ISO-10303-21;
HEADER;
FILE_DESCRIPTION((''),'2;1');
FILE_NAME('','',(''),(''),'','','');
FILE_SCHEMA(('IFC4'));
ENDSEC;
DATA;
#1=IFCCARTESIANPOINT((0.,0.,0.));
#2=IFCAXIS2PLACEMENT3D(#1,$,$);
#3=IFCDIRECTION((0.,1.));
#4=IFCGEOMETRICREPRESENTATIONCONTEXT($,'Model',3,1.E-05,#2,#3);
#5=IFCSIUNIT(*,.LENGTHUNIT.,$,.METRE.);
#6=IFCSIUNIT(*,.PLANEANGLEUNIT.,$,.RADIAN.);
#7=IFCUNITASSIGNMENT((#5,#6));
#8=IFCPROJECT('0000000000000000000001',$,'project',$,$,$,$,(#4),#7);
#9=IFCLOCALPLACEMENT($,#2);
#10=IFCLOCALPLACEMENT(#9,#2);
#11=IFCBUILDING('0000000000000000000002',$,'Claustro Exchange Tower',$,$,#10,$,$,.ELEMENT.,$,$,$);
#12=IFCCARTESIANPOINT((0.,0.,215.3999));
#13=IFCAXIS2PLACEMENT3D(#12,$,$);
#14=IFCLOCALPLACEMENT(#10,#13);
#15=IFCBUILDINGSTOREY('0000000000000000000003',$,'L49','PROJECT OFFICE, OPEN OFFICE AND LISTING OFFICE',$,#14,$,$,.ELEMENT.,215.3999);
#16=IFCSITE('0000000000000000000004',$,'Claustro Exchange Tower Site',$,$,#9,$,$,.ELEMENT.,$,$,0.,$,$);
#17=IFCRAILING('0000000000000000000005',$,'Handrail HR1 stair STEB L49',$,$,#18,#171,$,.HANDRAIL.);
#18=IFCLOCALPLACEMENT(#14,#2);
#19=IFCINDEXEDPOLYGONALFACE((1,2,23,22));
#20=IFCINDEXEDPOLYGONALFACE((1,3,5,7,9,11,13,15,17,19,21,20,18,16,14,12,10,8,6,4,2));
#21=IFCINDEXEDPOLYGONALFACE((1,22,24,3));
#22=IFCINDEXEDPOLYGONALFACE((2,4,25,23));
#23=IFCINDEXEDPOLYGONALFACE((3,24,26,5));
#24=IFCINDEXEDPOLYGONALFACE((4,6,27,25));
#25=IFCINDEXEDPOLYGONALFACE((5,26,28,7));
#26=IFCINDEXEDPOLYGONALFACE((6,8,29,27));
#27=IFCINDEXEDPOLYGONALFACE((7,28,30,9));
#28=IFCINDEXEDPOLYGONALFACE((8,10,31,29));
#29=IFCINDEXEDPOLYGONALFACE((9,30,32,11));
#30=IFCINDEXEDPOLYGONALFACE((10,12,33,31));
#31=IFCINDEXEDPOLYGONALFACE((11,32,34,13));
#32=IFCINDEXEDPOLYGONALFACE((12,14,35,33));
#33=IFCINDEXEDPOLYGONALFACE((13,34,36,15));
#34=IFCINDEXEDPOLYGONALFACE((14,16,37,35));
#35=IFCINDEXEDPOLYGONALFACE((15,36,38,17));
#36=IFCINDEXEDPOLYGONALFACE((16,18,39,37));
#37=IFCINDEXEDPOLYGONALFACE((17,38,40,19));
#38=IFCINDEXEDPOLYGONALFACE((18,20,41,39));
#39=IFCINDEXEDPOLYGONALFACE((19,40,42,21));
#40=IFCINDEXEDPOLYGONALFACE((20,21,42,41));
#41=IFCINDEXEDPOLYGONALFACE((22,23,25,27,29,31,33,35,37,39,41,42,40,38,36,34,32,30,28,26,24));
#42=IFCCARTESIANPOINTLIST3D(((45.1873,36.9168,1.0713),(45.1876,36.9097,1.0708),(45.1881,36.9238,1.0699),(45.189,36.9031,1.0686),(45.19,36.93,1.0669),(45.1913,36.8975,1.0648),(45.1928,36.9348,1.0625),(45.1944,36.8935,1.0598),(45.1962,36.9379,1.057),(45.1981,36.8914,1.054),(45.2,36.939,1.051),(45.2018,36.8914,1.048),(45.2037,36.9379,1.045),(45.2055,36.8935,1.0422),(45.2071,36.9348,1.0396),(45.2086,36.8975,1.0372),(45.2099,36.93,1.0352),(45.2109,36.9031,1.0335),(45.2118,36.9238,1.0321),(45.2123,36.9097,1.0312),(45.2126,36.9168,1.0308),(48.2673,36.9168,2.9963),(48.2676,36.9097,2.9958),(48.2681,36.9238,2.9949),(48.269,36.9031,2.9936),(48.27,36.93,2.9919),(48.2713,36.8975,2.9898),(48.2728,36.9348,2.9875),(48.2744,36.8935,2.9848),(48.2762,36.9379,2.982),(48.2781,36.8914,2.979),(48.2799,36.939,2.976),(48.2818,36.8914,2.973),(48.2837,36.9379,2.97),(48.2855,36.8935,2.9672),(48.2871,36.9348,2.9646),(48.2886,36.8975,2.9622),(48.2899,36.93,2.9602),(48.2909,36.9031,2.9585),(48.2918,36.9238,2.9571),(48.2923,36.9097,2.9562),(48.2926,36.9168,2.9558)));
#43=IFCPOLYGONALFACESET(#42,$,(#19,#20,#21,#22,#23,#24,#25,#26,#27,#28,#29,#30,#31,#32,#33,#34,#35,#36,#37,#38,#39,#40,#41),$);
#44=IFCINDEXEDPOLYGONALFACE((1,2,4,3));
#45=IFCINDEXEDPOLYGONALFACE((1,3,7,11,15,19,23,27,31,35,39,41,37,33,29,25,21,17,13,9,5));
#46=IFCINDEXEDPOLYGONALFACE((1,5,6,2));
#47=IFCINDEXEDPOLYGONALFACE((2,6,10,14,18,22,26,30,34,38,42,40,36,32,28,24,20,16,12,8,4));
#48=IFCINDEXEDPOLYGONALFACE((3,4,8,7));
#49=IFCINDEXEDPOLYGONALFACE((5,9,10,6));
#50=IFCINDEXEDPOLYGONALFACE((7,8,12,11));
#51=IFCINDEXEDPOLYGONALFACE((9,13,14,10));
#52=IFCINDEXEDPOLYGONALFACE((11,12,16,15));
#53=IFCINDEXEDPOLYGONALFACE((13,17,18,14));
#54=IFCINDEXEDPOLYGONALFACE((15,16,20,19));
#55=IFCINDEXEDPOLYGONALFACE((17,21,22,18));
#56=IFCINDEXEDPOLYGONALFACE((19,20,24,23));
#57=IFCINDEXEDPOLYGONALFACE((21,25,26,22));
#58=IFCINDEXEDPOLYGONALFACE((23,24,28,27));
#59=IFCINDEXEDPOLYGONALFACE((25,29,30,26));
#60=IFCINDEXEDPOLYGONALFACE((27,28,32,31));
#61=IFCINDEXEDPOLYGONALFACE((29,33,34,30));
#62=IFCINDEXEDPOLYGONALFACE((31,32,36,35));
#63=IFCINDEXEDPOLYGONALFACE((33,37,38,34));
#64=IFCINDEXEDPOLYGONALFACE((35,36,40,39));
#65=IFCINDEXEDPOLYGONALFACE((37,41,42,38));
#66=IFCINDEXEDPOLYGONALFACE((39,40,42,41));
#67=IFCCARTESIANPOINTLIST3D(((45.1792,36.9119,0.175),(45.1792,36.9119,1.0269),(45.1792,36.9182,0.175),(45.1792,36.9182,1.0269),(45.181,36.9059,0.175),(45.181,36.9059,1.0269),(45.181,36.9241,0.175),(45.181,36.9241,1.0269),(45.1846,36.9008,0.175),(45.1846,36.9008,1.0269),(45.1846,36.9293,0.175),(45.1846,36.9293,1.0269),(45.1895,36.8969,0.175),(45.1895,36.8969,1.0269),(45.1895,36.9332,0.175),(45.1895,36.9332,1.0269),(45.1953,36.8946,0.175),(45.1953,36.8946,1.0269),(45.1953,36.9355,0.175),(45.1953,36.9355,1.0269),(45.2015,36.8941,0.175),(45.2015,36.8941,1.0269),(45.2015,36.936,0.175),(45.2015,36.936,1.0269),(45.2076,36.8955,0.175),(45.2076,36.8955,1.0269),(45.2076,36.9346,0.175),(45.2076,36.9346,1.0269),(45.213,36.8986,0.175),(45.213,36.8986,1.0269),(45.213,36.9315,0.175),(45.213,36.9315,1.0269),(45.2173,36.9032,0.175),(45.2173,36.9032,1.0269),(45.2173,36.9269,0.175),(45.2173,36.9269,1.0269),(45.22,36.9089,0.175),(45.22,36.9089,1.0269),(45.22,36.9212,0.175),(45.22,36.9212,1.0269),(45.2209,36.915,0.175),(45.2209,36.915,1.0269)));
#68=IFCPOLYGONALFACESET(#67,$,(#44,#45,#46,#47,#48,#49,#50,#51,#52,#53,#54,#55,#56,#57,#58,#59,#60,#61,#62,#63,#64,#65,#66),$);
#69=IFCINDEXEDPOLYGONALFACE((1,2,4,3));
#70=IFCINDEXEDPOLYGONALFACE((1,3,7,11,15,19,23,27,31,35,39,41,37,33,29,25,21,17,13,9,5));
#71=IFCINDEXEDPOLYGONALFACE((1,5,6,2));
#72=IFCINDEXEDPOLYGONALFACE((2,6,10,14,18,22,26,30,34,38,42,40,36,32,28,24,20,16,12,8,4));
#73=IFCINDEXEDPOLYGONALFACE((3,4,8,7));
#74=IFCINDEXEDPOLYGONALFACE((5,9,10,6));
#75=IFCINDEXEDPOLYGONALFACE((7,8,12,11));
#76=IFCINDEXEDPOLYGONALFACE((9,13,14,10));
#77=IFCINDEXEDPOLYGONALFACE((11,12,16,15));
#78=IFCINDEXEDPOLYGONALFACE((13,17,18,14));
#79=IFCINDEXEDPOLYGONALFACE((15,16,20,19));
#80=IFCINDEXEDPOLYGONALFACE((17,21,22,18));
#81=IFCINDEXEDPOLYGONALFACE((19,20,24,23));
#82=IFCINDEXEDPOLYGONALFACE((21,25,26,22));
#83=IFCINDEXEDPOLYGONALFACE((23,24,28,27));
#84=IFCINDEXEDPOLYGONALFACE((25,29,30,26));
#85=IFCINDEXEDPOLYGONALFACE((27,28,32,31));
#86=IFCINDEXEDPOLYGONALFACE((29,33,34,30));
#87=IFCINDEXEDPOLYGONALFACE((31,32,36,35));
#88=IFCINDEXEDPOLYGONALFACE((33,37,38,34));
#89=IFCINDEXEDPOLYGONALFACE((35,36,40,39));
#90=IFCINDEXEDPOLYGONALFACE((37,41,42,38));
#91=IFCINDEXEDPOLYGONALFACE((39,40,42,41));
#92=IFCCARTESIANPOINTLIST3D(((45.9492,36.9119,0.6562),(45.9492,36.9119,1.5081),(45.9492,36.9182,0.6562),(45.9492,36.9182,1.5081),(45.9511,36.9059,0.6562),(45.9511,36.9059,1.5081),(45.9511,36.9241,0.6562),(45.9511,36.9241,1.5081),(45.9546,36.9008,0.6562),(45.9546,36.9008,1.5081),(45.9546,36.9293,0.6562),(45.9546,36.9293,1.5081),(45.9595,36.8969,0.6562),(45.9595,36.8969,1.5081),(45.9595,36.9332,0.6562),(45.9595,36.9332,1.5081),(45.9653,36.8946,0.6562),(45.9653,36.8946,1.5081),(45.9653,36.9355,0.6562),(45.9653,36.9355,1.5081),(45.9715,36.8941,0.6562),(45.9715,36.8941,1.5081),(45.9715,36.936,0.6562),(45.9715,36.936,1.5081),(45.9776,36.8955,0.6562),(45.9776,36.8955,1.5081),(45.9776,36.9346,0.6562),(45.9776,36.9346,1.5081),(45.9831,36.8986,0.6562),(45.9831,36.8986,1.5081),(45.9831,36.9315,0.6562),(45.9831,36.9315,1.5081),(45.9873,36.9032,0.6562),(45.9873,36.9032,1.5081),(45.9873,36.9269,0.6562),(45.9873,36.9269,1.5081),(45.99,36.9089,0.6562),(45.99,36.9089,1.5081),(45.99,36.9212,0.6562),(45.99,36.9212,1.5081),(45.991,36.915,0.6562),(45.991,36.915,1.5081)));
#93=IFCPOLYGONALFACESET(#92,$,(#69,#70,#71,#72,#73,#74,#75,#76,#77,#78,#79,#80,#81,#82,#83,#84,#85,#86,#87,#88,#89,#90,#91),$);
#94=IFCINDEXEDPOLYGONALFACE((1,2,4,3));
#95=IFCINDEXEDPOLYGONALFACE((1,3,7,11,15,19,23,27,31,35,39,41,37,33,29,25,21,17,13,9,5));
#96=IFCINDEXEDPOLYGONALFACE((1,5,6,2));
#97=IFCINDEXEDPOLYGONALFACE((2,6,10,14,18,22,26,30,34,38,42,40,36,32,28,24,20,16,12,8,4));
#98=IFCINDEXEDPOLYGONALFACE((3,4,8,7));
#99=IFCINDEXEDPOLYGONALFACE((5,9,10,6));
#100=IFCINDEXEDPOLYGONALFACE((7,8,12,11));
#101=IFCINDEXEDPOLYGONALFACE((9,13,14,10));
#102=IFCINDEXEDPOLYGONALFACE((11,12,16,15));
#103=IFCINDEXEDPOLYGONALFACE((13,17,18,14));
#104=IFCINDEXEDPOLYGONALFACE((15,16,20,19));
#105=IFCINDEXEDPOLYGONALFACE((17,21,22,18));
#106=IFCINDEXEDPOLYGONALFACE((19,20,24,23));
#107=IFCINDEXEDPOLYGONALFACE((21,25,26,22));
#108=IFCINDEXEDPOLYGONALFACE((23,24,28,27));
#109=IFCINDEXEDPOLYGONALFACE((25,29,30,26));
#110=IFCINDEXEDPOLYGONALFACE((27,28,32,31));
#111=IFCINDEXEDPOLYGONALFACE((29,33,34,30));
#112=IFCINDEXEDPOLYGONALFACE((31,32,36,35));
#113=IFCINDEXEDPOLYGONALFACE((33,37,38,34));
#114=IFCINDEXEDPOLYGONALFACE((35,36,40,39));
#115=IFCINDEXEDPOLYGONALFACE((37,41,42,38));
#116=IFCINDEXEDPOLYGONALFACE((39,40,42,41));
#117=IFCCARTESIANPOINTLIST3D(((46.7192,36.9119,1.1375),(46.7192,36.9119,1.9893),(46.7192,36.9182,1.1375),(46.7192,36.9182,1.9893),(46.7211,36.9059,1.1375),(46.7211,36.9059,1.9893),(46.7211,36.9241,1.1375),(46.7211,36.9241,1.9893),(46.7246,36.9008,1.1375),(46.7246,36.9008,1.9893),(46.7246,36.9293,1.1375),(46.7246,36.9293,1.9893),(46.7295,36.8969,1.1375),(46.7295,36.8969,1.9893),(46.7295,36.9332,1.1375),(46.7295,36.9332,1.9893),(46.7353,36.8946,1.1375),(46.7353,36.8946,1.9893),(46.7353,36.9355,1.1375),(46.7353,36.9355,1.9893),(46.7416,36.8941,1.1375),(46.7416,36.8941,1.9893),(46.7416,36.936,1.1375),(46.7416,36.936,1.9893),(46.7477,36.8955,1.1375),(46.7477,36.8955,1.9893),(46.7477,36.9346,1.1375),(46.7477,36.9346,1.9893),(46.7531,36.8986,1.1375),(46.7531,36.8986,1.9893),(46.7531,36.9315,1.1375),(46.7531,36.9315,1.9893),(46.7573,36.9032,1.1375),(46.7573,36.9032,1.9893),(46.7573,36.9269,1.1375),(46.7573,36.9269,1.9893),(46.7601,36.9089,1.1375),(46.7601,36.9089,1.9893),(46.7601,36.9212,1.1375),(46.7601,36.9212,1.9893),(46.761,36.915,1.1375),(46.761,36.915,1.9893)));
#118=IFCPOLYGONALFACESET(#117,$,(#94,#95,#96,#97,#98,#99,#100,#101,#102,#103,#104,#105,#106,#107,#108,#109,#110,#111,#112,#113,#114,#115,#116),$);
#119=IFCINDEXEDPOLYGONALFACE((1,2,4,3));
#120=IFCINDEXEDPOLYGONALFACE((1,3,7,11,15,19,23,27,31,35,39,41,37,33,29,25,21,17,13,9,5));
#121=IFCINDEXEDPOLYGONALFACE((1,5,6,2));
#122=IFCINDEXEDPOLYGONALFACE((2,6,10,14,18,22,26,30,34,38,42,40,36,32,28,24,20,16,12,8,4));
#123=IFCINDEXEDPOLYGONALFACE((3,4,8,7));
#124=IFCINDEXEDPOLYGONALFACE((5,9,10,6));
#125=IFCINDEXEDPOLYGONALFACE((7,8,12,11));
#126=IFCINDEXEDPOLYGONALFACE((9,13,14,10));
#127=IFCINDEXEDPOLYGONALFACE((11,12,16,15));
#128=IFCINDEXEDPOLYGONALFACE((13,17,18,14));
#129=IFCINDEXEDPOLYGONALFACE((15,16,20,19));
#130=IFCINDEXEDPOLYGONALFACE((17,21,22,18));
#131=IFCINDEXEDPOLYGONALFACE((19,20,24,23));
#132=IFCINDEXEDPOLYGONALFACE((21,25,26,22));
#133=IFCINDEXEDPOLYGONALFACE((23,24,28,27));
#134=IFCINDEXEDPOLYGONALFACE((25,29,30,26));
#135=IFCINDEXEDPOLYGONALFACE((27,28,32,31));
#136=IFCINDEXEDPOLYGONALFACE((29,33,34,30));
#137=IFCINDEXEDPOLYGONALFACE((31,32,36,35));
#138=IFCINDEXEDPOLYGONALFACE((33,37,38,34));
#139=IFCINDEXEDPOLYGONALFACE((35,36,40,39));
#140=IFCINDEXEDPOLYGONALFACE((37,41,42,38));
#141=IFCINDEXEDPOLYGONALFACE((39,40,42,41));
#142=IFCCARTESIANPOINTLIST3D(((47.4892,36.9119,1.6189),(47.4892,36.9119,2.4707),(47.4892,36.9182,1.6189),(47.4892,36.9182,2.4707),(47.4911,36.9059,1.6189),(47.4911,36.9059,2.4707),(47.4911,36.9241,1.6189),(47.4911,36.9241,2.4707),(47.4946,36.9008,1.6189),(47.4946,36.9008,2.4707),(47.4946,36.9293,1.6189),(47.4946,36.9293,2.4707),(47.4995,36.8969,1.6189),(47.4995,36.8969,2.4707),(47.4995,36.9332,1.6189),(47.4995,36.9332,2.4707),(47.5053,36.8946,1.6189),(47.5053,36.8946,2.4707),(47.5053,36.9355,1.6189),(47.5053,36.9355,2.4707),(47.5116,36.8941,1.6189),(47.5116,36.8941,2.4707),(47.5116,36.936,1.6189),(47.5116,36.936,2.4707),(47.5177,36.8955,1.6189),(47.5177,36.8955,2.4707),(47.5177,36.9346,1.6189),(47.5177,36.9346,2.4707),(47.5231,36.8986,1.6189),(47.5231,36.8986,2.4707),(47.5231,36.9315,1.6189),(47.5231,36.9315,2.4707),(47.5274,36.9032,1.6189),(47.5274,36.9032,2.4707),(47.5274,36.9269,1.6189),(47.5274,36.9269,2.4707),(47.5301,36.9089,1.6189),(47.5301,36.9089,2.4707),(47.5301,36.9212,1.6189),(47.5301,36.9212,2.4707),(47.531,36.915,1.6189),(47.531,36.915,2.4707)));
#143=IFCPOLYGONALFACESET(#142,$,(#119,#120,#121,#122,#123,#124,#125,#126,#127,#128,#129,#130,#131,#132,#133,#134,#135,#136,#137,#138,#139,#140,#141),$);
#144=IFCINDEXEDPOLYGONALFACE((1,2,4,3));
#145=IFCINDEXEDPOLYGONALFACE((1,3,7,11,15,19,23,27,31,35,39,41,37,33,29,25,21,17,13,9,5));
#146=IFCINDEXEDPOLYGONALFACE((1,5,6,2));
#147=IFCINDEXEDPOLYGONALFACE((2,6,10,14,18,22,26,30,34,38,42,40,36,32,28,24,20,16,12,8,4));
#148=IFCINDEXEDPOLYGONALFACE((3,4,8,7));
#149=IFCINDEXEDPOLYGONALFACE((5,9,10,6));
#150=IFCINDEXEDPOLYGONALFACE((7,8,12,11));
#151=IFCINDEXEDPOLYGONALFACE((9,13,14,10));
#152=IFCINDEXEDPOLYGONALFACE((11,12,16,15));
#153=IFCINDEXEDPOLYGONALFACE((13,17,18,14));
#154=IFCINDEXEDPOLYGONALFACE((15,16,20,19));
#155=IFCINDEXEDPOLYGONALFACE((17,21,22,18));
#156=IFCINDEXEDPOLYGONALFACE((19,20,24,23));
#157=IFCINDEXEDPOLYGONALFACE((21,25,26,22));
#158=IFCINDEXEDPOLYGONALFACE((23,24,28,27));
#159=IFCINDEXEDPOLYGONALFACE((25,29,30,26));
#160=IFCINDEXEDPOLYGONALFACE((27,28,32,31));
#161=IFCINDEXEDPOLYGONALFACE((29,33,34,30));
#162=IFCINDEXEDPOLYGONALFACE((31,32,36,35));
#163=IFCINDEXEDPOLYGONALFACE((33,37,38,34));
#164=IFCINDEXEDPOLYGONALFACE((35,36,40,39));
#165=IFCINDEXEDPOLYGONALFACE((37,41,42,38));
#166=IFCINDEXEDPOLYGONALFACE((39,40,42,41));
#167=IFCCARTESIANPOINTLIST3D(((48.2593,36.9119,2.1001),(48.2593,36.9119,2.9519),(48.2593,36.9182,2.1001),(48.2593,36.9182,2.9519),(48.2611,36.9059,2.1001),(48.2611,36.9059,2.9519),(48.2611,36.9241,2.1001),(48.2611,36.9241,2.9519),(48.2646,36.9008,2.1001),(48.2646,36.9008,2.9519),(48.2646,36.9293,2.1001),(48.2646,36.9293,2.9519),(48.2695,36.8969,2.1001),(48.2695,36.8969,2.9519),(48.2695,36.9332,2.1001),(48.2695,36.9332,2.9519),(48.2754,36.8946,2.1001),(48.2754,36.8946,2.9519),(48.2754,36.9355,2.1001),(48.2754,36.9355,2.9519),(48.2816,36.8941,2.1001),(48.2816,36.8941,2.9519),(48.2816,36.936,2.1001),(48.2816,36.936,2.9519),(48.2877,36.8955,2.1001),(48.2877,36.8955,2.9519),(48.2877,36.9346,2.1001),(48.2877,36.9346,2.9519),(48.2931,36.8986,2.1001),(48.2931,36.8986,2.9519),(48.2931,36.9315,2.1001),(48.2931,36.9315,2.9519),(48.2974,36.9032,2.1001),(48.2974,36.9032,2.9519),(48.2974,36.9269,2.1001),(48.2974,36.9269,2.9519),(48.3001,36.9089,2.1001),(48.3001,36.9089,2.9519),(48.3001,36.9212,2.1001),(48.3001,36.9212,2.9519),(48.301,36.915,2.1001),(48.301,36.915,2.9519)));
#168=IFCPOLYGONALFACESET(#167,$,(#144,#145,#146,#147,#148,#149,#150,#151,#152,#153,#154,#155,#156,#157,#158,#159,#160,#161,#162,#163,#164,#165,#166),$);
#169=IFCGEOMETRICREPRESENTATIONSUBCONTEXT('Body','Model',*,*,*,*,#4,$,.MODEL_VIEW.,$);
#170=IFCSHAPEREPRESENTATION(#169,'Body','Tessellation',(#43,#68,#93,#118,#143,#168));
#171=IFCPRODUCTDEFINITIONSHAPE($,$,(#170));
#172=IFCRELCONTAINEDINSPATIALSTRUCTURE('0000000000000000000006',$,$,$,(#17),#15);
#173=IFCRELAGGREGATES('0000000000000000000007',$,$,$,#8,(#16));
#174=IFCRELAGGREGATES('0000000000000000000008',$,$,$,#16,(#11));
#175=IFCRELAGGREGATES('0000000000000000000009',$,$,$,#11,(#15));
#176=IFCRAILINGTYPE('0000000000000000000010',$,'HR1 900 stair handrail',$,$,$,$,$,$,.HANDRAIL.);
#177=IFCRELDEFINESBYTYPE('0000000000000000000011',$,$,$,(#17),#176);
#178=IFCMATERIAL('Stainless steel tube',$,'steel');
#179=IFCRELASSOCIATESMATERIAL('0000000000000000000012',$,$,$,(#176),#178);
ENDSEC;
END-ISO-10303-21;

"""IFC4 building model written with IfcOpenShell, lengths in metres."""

from ifc_helpers import new_model, si_unit, direction, frame, origin, origin_2d, place, context, subcontext, project, spatial, circle, extrude, material, type_object, element, save


model = new_model("IFC4")

# Units and contexts
model_context = context("Model", 3, precision=1e-05, world=origin(), true_north=direction((0.0, 1.0)))
body_context = subcontext(model_context, "Body", "Model", "MODEL_VIEW")
ifc_project = project(units=[si_unit("LENGTHUNIT", "METRE"), si_unit("PLANEANGLEUNIT", "RADIAN")], contexts=[model_context])

# Site, building, storey
site_placement = place(None, origin())
site = spatial("IfcSite", under=ifc_project, at=site_placement, Name="Claustro Exchange Tower Site", CompositionType="ELEMENT", RefElevation=0.0)
building_placement = place(site_placement, origin())
building = spatial("IfcBuilding", under=site, at=building_placement, Name="Claustro Exchange Tower", CompositionType="ELEMENT")
storey_placement = place(building_placement, frame((0.0, 0.0, 215.3999)))
storey = spatial("IfcBuildingStorey", under=building, at=storey_placement, Name="L49", Description="PROJECT OFFICE, OPEN OFFICE AND LISTING OFFICE", CompositionType="ELEMENT", Elevation=215.3999)

# Railing
ifc_material_1 = material(Name="Stainless steel tube", Category="steel")
railing_type_1 = type_object("IfcRailingType", Name="HR1 900 stair handrail", PredefinedType="HANDRAIL", material=ifc_material_1)
railing_1_placement = place(storey_placement, frame((45.2, 36.915, 0.175)))
element("IfcRailing", 1, at=railing_1_placement, inside=storey, type_object=railing_type_1, Name="Handrail HR1 stair STEB L49", PredefinedType="HANDRAIL", context=body_context, shape_type="SweptSolid", body=[
    extrude(circle(Radius=0.0239, at=origin_2d()), frame((0.0, 0.0, 0.876), z_axis=(0.847998, 0.0, 0.529999), x_axis=(0.0, 1.0, 0.0)), (0.0, 0.0, 1.0), 3.6321),
    extrude(circle(Radius=0.021, at=origin_2d()), origin(), (0.0, 0.0, 1.0), 0.8518),
    extrude(circle(Radius=0.021, at=origin_2d()), frame((0.77, 0.0, 0.4812)), (0.0, 0.0, 1.0), 0.8518),
    extrude(circle(Radius=0.021, at=origin_2d()), frame((1.54, 0.0, 0.9624)), (0.0, 0.0, 1.0), 0.8518),
    extrude(circle(Radius=0.021, at=origin_2d()), frame((2.3101, 0.0, 1.4438)), (0.0, 0.0, 1.0), 0.8518),
    extrude(circle(Radius=0.021, at=origin_2d()), frame((3.0801, 0.0, 1.925)), (0.0, 0.0, 1.0), 0.8518),
])

save(model, "model.ifc")
